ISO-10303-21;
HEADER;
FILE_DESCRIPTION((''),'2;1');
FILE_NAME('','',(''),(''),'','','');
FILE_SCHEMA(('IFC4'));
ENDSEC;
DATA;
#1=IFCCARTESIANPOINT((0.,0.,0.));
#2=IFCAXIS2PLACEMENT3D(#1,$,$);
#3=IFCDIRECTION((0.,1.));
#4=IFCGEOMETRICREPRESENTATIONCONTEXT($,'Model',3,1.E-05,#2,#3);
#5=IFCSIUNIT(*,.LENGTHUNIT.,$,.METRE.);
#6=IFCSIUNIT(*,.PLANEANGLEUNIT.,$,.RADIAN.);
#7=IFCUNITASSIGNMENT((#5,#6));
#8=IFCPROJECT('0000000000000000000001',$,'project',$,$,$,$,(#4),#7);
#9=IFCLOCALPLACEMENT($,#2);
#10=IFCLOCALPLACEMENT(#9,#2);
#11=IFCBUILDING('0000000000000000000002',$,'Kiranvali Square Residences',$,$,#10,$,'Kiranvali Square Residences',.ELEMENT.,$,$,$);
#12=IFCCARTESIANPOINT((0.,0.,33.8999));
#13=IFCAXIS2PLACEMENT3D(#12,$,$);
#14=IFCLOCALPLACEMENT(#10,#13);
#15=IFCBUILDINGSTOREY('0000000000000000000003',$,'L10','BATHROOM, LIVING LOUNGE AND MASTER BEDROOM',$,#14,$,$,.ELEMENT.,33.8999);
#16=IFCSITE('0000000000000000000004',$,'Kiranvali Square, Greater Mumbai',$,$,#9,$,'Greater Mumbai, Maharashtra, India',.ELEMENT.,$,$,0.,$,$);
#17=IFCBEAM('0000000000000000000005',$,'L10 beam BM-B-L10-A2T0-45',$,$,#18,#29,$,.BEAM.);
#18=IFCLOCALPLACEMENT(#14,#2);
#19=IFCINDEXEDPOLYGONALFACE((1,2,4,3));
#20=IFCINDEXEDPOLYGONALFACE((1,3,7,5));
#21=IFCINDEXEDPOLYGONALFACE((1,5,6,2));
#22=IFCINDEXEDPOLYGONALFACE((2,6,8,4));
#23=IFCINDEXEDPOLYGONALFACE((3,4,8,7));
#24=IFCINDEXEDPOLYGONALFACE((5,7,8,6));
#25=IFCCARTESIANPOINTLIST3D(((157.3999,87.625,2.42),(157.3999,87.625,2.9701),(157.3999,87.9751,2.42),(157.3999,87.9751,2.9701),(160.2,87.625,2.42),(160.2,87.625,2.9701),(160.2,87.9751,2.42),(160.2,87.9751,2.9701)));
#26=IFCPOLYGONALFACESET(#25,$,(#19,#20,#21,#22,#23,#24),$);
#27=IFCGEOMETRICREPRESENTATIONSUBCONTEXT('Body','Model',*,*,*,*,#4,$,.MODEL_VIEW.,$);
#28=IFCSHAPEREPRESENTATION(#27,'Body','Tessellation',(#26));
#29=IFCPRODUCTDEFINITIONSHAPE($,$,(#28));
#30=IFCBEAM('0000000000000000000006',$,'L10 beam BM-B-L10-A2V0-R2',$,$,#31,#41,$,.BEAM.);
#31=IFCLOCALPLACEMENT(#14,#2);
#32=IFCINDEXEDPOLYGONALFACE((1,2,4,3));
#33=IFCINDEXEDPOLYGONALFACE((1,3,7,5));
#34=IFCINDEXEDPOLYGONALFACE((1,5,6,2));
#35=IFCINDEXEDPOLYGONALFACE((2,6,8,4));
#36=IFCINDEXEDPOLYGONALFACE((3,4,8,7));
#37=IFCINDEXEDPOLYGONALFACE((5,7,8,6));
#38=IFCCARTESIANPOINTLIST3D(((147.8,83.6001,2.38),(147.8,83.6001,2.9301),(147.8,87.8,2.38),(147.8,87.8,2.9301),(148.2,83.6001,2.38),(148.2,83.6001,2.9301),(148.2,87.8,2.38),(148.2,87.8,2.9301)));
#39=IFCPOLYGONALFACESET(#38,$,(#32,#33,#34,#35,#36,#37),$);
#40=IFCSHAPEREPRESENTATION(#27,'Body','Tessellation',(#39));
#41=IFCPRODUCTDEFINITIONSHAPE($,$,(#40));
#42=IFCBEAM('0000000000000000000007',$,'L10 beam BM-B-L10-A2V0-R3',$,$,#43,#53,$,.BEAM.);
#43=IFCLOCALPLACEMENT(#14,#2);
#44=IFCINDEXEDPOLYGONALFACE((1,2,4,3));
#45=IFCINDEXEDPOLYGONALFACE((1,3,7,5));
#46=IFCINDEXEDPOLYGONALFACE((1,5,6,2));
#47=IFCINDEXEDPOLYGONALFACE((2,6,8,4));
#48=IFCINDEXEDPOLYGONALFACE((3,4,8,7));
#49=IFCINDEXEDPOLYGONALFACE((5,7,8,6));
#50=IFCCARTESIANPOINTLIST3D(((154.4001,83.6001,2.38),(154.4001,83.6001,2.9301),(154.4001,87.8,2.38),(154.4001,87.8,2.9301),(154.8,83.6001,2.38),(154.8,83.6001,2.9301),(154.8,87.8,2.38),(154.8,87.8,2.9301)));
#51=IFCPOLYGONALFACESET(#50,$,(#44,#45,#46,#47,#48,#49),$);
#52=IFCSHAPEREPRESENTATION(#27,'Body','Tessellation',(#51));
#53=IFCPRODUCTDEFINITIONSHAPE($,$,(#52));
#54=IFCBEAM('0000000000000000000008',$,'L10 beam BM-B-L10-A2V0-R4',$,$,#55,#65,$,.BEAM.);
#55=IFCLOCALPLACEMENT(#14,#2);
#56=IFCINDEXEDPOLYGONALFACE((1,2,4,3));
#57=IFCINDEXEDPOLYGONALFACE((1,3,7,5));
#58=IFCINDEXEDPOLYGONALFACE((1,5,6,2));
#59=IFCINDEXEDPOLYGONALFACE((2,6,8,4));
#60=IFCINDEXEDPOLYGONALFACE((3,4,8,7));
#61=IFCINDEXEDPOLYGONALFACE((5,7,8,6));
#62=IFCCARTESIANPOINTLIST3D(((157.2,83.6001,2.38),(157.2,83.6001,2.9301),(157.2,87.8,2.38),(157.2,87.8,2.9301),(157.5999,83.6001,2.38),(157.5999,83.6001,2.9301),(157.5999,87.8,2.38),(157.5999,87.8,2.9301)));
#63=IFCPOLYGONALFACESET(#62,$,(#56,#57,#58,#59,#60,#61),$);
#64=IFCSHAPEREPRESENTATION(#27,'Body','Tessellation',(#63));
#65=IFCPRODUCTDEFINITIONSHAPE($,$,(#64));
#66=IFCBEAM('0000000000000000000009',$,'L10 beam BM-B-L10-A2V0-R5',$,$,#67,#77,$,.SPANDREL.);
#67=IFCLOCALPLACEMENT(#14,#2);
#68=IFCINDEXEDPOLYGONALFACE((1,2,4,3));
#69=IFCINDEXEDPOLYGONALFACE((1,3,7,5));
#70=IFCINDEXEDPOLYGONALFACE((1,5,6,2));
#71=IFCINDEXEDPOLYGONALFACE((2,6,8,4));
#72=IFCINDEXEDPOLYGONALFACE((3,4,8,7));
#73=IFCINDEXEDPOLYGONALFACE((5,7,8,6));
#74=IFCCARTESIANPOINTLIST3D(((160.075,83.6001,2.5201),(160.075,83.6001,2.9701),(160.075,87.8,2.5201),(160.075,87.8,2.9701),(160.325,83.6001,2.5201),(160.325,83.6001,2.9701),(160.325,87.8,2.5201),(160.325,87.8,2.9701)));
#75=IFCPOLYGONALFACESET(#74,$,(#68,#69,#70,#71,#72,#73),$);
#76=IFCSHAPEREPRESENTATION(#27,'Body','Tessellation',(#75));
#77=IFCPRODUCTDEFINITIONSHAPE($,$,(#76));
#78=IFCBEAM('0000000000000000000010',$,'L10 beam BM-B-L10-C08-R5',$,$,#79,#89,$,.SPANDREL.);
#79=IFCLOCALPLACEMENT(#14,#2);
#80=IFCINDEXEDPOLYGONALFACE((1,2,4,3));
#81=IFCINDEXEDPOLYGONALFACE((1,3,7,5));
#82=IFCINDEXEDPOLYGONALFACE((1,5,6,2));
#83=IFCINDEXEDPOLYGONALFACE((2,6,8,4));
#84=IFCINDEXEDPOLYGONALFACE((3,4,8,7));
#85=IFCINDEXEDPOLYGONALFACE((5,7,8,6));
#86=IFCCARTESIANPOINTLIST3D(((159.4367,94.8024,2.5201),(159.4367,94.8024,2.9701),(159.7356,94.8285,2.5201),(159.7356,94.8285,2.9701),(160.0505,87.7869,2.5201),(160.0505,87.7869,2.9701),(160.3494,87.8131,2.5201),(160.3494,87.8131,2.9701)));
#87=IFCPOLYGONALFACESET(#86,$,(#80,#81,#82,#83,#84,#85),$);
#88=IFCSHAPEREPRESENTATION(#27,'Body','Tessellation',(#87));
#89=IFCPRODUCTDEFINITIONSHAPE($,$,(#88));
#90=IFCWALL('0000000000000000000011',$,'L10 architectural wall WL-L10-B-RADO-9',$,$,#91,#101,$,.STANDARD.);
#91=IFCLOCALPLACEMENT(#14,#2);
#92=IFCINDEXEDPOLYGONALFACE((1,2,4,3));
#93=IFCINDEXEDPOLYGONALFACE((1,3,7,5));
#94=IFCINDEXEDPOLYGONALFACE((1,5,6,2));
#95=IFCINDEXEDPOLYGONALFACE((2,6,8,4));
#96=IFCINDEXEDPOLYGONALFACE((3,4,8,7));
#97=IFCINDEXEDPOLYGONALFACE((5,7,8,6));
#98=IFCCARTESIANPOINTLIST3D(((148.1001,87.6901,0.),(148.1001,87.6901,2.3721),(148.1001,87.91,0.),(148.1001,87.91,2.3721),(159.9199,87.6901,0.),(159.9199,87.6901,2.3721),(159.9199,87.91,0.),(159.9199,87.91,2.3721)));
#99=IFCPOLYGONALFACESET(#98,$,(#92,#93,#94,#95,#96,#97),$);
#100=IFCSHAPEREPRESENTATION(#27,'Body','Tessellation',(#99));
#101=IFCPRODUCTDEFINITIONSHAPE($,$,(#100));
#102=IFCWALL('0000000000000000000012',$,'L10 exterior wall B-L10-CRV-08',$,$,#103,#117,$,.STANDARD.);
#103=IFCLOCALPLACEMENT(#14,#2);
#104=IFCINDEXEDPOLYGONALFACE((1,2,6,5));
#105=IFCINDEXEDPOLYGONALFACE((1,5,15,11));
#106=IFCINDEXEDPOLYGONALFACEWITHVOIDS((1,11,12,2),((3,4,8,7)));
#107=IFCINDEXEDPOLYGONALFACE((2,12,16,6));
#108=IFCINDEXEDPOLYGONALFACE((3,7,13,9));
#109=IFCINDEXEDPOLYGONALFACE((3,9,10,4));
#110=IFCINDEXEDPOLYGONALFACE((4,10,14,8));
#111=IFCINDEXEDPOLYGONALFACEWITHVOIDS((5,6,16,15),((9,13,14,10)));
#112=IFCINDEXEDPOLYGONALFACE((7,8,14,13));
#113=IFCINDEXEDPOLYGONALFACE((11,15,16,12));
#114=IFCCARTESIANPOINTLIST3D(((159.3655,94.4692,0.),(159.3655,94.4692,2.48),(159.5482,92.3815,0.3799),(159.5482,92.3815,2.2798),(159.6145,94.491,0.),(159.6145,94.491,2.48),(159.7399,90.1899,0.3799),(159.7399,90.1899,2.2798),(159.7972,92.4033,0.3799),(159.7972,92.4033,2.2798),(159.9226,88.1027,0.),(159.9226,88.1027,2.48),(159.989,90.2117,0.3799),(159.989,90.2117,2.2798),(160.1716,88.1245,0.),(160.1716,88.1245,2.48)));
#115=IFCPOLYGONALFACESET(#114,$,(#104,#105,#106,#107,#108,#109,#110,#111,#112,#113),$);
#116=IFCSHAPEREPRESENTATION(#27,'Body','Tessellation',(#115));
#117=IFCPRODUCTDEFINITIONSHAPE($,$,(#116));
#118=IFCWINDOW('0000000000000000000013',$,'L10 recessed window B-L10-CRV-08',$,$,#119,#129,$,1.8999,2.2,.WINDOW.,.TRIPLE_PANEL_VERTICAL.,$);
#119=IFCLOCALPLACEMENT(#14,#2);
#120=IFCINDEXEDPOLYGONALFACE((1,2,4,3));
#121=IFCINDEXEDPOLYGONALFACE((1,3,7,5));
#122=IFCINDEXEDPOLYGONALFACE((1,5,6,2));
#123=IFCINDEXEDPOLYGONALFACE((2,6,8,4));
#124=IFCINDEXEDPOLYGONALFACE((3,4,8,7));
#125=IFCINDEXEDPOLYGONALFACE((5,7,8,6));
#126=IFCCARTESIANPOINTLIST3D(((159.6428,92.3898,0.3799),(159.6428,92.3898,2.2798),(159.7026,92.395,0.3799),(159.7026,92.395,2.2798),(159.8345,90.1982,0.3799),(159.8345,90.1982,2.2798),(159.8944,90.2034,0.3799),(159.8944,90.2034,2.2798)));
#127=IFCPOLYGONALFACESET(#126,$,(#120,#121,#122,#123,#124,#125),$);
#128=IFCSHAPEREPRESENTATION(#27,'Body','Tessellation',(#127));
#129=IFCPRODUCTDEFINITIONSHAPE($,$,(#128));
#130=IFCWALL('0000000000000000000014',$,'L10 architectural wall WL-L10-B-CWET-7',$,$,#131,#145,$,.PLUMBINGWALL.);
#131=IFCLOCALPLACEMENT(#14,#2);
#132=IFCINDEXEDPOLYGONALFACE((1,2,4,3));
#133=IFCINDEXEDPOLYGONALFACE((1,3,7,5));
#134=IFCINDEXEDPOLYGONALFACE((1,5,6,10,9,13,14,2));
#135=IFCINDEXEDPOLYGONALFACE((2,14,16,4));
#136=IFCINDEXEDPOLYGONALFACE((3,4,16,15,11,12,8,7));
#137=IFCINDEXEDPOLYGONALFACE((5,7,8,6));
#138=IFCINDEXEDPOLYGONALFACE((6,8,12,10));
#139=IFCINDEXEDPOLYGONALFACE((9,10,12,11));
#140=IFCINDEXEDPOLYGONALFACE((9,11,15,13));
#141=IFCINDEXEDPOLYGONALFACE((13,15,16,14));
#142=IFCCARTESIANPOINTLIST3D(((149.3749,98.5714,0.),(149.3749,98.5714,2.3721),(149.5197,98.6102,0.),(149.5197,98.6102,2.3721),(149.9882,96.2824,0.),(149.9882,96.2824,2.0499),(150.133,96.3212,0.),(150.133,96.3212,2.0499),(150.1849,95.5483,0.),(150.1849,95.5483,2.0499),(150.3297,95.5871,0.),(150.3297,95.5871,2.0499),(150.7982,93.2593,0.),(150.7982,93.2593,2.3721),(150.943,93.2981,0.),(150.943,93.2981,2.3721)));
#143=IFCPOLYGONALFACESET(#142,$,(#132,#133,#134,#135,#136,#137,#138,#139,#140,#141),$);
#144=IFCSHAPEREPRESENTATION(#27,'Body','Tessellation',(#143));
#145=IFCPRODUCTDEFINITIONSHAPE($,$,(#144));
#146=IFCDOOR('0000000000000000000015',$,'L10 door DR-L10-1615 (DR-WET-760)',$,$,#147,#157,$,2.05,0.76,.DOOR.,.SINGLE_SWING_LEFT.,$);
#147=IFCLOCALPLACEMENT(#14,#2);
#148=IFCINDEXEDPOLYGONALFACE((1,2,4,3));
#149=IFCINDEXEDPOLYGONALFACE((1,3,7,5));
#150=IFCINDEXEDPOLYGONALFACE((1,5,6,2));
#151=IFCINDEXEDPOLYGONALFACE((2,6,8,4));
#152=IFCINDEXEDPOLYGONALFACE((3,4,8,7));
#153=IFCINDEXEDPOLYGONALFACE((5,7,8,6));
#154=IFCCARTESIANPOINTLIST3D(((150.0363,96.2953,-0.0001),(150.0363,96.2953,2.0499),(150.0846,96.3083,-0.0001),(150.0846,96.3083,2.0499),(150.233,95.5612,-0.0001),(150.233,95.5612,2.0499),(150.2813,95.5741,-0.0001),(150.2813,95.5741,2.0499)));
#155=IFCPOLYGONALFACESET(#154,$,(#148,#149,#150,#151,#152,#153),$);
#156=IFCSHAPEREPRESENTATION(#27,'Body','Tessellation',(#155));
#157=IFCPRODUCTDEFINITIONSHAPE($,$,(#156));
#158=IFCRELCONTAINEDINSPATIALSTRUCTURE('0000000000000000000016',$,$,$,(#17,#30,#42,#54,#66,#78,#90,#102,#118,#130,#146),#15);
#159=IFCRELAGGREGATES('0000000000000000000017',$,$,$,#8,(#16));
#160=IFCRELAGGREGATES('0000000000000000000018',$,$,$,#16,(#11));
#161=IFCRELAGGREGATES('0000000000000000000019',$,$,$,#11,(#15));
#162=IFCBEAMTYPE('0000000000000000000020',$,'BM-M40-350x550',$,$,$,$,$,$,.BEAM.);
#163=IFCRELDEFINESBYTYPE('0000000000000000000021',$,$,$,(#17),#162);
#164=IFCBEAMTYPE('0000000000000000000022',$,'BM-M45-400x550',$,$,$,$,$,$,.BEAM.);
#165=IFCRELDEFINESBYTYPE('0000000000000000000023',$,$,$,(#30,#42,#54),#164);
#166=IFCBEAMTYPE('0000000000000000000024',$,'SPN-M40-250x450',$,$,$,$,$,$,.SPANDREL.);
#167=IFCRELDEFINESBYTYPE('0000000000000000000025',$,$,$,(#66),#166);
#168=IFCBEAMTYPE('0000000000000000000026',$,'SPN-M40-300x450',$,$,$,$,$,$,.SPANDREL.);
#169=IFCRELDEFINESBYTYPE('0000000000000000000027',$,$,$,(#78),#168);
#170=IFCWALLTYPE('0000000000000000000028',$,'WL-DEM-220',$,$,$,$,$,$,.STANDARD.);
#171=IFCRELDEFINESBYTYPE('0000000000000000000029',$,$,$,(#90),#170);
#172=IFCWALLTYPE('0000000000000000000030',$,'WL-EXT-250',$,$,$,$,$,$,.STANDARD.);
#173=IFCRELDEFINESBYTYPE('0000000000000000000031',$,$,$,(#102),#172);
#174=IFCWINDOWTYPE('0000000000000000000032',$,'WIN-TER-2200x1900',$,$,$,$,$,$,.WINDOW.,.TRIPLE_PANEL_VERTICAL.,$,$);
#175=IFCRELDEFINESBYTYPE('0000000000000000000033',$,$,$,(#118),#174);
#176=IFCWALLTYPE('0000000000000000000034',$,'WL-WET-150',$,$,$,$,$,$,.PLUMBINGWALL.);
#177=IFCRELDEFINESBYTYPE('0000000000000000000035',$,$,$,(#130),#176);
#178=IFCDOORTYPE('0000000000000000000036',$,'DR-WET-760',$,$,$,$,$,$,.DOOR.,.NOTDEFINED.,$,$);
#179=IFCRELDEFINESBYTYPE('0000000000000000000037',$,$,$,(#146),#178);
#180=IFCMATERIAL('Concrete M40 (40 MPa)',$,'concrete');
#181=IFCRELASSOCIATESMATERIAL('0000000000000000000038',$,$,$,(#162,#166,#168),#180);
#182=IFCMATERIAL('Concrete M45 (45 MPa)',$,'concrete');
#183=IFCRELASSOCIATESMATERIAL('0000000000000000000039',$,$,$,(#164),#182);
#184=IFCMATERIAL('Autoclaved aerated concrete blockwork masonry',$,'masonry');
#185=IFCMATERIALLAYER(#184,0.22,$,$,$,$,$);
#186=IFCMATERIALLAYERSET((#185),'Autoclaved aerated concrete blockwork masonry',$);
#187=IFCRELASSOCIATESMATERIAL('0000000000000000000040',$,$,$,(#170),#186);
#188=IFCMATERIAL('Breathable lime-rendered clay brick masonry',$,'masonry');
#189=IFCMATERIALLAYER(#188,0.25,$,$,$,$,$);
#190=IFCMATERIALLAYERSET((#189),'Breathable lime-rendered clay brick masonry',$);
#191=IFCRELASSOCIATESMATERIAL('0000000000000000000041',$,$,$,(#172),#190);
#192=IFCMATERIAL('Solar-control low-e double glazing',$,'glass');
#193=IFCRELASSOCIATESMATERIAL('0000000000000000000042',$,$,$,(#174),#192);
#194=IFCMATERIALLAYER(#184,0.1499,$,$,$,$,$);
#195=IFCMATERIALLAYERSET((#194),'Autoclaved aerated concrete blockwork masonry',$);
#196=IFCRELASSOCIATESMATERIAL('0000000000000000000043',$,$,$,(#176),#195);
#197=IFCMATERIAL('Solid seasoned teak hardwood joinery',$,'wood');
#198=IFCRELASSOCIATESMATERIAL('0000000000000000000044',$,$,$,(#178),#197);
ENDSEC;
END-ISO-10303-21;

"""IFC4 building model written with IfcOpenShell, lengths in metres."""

from ifc_helpers import new_model, si_unit, direction, frame, frame_2d, origin, origin_2d, place, context, subcontext, project, spatial, rectangle, extrude, material, layer, layer_set, material_profile, profile_set, type_object, element, fill, save


model = new_model("IFC4")

# Units and contexts
model_context = context("Model", 3, precision=1e-05, world=origin(), true_north=direction((0.0, 1.0)))
body_context = subcontext(model_context, "Body", "Model", "MODEL_VIEW")
ifc_project = project(units=[si_unit("LENGTHUNIT", "METRE"), si_unit("PLANEANGLEUNIT", "RADIAN")], contexts=[model_context])

# Site, building, storey
site_placement = place(None, origin())
site = spatial("IfcSite", under=ifc_project, at=site_placement, Name="Kiranvali Square, Greater Mumbai", LongName="Greater Mumbai, Maharashtra, India", CompositionType="ELEMENT", RefElevation=0.0)
building_placement = place(site_placement, origin())
building = spatial("IfcBuilding", under=site, at=building_placement, Name="Kiranvali Square Residences", LongName="Kiranvali Square Residences", CompositionType="ELEMENT")
storey_placement = place(building_placement, frame((0.0, 0.0, 33.8999)))
storey = spatial("IfcBuildingStorey", under=building, at=storey_placement, Name="L10", Description="BATHROOM, LIVING LOUNGE AND MASTER BEDROOM", CompositionType="ELEMENT", Elevation=33.8999)

# Shared definitions
ifc_material_1 = material(Name="Concrete M40 (40 MPa)", Category="concrete")

# Beams
ifc_material_profile_1 = material_profile(ifc_material_1, rectangle(XDim=0.3501, YDim=0.55, at=origin_2d()), Name="RC 350x550")
ifc_profile_set_1 = profile_set([ifc_material_profile_1], Name="Concrete M40 (40 MPa)")
beam_type_1 = type_object("IfcBeamType", Name="BM-M40-350x550", PredefinedType="BEAM", material=ifc_profile_set_1)
beam_1_placement = place(storey_placement, frame((157.3999, 87.8, 2.6951), z_axis=(1.0, 0.0, 0.0), x_axis=(0.0, 1.0, 0.0)))
element("IfcBeam", 1, at=beam_1_placement, inside=storey, type_object=beam_type_1, Name="L10 beam BM-B-L10-A2T0-45", PredefinedType="BEAM", context=body_context, shape_type="SweptSolid", body=[
    extrude(rectangle(XDim=0.3501, YDim=0.55, at=origin_2d()), origin(), (0.0, 0.0, 1.0), 2.8),
])
ifc_material_2 = material(Name="Concrete M45 (45 MPa)", Category="concrete")
ifc_material_profile_2 = material_profile(ifc_material_2, rectangle(XDim=0.3999, YDim=0.55, at=origin_2d()), Name="RC 400x550")
ifc_profile_set_2 = profile_set([ifc_material_profile_2], Name="Concrete M45 (45 MPa)")
beam_type_2 = type_object("IfcBeamType", Name="BM-M45-400x550", PredefinedType="BEAM", material=ifc_profile_set_2)
for number, where, z_axis, x_axis, name in (
    (2, (148.0, 87.8, 2.655), (0.0, -1.0, 0.0), (1.0, 0.0, 0.0), "L10 beam BM-B-L10-A2V0-R2"),
    (3, (154.6001, 87.8, 2.655), (0.0, -1.0, 0.0), (1.0, 0.0, 0.0), "L10 beam BM-B-L10-A2V0-R3"),
    (4, (157.3999, 87.8, 2.655), (0.0, -1.0, 0.0), (1.0, 0.0, 0.0), "L10 beam BM-B-L10-A2V0-R4"),
):
    element("IfcBeam", number, at=place(storey_placement, frame(where, z_axis=z_axis, x_axis=x_axis)), inside=storey, type_object=beam_type_2, Name=name, PredefinedType="BEAM", context=body_context, shape_type="SweptSolid", body=[
        extrude(rectangle(XDim=0.3999, YDim=0.55, at=origin_2d()), origin(), (0.0, 0.0, 1.0), 4.2),
    ])
ifc_material_profile_3 = material_profile(ifc_material_1, rectangle(XDim=0.25, YDim=0.45, at=origin_2d()), Name="RC 250x450")
ifc_profile_set_3 = profile_set([ifc_material_profile_3], Name="Concrete M40 (40 MPa)")
beam_type_3 = type_object("IfcBeamType", Name="SPN-M40-250x450", PredefinedType="SPANDREL", material=ifc_profile_set_3)
beam_2_placement = place(storey_placement, frame((160.2, 87.8, 2.7451), z_axis=(0.0, -1.0, 0.0), x_axis=(1.0, 0.0, 0.0)))
element("IfcBeam", 5, at=beam_2_placement, inside=storey, type_object=beam_type_3, Name="L10 beam BM-B-L10-A2V0-R5", PredefinedType="SPANDREL", context=body_context, shape_type="SweptSolid", body=[
    extrude(rectangle(XDim=0.25, YDim=0.45, at=origin_2d()), origin(), (0.0, 0.0, 1.0), 4.2),
])
ifc_material_profile_4 = material_profile(ifc_material_1, rectangle(XDim=0.3, YDim=0.45, at=origin_2d()), Name="RC 300x450")
ifc_profile_set_4 = profile_set([ifc_material_profile_4], Name="Concrete M40 (40 MPa)")
beam_type_4 = type_object("IfcBeamType", Name="SPN-M40-300x450", PredefinedType="SPANDREL", material=ifc_profile_set_4)
beam_3_placement = place(storey_placement, frame((159.5862, 94.8154, 2.7451), z_axis=(0.087156, -0.996195, 0.0), x_axis=(0.996195, 0.087156, 0.0)))
element("IfcBeam", 6, at=beam_3_placement, inside=storey, type_object=beam_type_4, Name="L10 beam BM-B-L10-C08-R5", PredefinedType="SPANDREL", context=body_context, shape_type="SweptSolid", body=[
    extrude(rectangle(XDim=0.3, YDim=0.45, at=origin_2d()), origin(), (0.0, 0.0, 1.0), 7.0422),
])

# Wall
ifc_material_3 = material(Name="Autoclaved aerated concrete blockwork masonry", Category="masonry")
ifc_layer_1 = layer(ifc_material_3, 0.22)
ifc_layer_set_1 = layer_set([ifc_layer_1], Name="Autoclaved aerated concrete blockwork masonry")
wall_type_1 = type_object("IfcWallType", Name="WL-DEM-220", PredefinedType="STANDARD", material=ifc_layer_set_1)
wall_1_placement = place(storey_placement, frame((148.1001, 87.8, 0.0), z_axis=(0.0, 0.0, 1.0), x_axis=(1.0, 0.0, 0.0)))
element("IfcWall", 7, at=wall_1_placement, inside=storey, type_object=wall_type_1, Name="L10 architectural wall WL-L10-B-RADO-9", PredefinedType="STANDARD", context=body_context, shape_type="SweptSolid", body=[
    extrude(rectangle(XDim=11.8198, YDim=0.22, at=frame_2d((5.9099, 0.0))), origin(), (0.0, 0.0, 1.0), 2.3721),
])

# Wall, opening, window
ifc_material_4 = material(Name="Breathable lime-rendered clay brick masonry", Category="masonry")
ifc_layer_2 = layer(ifc_material_4, 0.25)
ifc_layer_set_2 = layer_set([ifc_layer_2], Name="Breathable lime-rendered clay brick masonry")
wall_type_2 = type_object("IfcWallType", Name="WL-EXT-250", PredefinedType="STANDARD", material=ifc_layer_set_2)
wall_2_placement = place(storey_placement, frame((159.49, 94.48, 0.0), z_axis=(0.0, 0.0, 1.0), x_axis=(0.087177, -0.996193, 0.0)))
wall_2 = element("IfcWall", 8, at=wall_2_placement, inside=storey, type_object=wall_type_2, Name="L10 exterior wall B-L10-CRV-08", PredefinedType="STANDARD", context=body_context, shape_type="SweptSolid", body=[
    extrude(rectangle(XDim=6.3909, YDim=0.25, at=frame_2d((3.1953, 0.0))), origin(), (0.0, 0.0, 1.0), 2.48),
])
opening_1_placement = place(wall_2_placement, frame((2.0955, 0.0, 0.3799)))
opening_1 = element("IfcOpeningElement", 9, at=opening_1_placement, cuts=wall_2, PredefinedType="OPENING", context=body_context, shape_type="SweptSolid", body=[
    extrude(rectangle(XDim=2.2, YDim=1.8999, at=frame_2d((1.1001, 0.95))), frame((0.0, 0.135, 0.0), z_axis=(0.0, -1.0, 0.0), x_axis=(1.0, 0.0, 0.0)), (0.0, 0.0, 1.0), 0.27),
])
ifc_material_5 = material(Name="Solar-control low-e double glazing", Category="glass")
window_type = type_object("IfcWindowType", Name="WIN-TER-2200x1900", PartitioningType="TRIPLE_PANEL_VERTICAL", PredefinedType="WINDOW", material=ifc_material_5)
window_placement = place(opening_1_placement, origin())
window = element("IfcWindow", 10, at=window_placement, inside=storey, type_object=window_type, Name="L10 recessed window B-L10-CRV-08", OverallHeight=1.8999, OverallWidth=2.2, PartitioningType="TRIPLE_PANEL_VERTICAL", PredefinedType="WINDOW", context=body_context, shape_type="SweptSolid", body=[
    extrude(rectangle(XDim=2.2, YDim=1.8999, at=frame_2d((1.1001, 0.95))), frame((0.0, 0.03, 0.0), z_axis=(0.0, -1.0, 0.0), x_axis=(1.0, 0.0, 0.0)), (0.0, 0.0, 1.0), 0.0601),
])
fill(opening_1, window)

# Wall, opening, door
ifc_layer_3 = layer(ifc_material_3, 0.1499)
ifc_layer_set_3 = layer_set([ifc_layer_3], Name="Autoclaved aerated concrete blockwork masonry")
wall_type_3 = type_object("IfcWallType", Name="WL-WET-150", PredefinedType="PLUMBINGWALL", material=ifc_layer_set_3)
wall_3_placement = place(storey_placement, frame((149.4473, 98.5908, 0.0), z_axis=(0.0, 0.0, 1.0), x_axis=(0.258806, -0.965929, 0.0)))
wall_3 = element("IfcWall", 11, at=wall_3_placement, inside=storey, type_object=wall_type_3, Name="L10 architectural wall WL-L10-B-CWET-7", PredefinedType="PLUMBINGWALL", context=body_context, shape_type="SweptSolid", body=[
    extrude(rectangle(XDim=5.4995, YDim=0.1499, at=frame_2d((2.7498, 0.0))), origin(), (0.0, 0.0, 1.0), 2.3721),
])
opening_2_placement = place(wall_3_placement, frame((2.3699, 0.0, 0.0)))
opening_2 = element("IfcOpeningElement", 12, at=opening_2_placement, cuts=wall_3, PredefinedType="OPENING", context=body_context, shape_type="SweptSolid", body=[
    extrude(rectangle(XDim=0.76, YDim=2.05, at=frame_2d((0.3799, 1.0249))), frame((0.0, 0.085, 0.0), z_axis=(0.0, -1.0, 0.0), x_axis=(1.0, 0.0, 0.0)), (0.0, 0.0, 1.0), 0.1699),
])
ifc_material_6 = material(Name="Solid seasoned teak hardwood joinery", Category="wood")
door_type = type_object("IfcDoorType", Name="DR-WET-760", OperationType="NOTDEFINED", PredefinedType="DOOR", material=ifc_material_6)
door_placement = place(opening_2_placement, origin())
door = element("IfcDoor", 13, at=door_placement, inside=storey, type_object=door_type, Name="L10 door DR-L10-1615 (DR-WET-760)", OperationType="SINGLE_SWING_LEFT", OverallHeight=2.05, OverallWidth=0.76, PredefinedType="DOOR", context=body_context, shape_type="SweptSolid", body=[
    extrude(rectangle(XDim=0.76, YDim=2.05, at=frame_2d((0.3799, 1.0249))), frame((0.0, 0.0249, 0.0), z_axis=(0.0, -1.0, 0.0), x_axis=(1.0, 0.0, 0.0)), (0.0, 0.0, 1.0), 0.05),
])
fill(opening_2, door)

save(model, "model.ifc")
